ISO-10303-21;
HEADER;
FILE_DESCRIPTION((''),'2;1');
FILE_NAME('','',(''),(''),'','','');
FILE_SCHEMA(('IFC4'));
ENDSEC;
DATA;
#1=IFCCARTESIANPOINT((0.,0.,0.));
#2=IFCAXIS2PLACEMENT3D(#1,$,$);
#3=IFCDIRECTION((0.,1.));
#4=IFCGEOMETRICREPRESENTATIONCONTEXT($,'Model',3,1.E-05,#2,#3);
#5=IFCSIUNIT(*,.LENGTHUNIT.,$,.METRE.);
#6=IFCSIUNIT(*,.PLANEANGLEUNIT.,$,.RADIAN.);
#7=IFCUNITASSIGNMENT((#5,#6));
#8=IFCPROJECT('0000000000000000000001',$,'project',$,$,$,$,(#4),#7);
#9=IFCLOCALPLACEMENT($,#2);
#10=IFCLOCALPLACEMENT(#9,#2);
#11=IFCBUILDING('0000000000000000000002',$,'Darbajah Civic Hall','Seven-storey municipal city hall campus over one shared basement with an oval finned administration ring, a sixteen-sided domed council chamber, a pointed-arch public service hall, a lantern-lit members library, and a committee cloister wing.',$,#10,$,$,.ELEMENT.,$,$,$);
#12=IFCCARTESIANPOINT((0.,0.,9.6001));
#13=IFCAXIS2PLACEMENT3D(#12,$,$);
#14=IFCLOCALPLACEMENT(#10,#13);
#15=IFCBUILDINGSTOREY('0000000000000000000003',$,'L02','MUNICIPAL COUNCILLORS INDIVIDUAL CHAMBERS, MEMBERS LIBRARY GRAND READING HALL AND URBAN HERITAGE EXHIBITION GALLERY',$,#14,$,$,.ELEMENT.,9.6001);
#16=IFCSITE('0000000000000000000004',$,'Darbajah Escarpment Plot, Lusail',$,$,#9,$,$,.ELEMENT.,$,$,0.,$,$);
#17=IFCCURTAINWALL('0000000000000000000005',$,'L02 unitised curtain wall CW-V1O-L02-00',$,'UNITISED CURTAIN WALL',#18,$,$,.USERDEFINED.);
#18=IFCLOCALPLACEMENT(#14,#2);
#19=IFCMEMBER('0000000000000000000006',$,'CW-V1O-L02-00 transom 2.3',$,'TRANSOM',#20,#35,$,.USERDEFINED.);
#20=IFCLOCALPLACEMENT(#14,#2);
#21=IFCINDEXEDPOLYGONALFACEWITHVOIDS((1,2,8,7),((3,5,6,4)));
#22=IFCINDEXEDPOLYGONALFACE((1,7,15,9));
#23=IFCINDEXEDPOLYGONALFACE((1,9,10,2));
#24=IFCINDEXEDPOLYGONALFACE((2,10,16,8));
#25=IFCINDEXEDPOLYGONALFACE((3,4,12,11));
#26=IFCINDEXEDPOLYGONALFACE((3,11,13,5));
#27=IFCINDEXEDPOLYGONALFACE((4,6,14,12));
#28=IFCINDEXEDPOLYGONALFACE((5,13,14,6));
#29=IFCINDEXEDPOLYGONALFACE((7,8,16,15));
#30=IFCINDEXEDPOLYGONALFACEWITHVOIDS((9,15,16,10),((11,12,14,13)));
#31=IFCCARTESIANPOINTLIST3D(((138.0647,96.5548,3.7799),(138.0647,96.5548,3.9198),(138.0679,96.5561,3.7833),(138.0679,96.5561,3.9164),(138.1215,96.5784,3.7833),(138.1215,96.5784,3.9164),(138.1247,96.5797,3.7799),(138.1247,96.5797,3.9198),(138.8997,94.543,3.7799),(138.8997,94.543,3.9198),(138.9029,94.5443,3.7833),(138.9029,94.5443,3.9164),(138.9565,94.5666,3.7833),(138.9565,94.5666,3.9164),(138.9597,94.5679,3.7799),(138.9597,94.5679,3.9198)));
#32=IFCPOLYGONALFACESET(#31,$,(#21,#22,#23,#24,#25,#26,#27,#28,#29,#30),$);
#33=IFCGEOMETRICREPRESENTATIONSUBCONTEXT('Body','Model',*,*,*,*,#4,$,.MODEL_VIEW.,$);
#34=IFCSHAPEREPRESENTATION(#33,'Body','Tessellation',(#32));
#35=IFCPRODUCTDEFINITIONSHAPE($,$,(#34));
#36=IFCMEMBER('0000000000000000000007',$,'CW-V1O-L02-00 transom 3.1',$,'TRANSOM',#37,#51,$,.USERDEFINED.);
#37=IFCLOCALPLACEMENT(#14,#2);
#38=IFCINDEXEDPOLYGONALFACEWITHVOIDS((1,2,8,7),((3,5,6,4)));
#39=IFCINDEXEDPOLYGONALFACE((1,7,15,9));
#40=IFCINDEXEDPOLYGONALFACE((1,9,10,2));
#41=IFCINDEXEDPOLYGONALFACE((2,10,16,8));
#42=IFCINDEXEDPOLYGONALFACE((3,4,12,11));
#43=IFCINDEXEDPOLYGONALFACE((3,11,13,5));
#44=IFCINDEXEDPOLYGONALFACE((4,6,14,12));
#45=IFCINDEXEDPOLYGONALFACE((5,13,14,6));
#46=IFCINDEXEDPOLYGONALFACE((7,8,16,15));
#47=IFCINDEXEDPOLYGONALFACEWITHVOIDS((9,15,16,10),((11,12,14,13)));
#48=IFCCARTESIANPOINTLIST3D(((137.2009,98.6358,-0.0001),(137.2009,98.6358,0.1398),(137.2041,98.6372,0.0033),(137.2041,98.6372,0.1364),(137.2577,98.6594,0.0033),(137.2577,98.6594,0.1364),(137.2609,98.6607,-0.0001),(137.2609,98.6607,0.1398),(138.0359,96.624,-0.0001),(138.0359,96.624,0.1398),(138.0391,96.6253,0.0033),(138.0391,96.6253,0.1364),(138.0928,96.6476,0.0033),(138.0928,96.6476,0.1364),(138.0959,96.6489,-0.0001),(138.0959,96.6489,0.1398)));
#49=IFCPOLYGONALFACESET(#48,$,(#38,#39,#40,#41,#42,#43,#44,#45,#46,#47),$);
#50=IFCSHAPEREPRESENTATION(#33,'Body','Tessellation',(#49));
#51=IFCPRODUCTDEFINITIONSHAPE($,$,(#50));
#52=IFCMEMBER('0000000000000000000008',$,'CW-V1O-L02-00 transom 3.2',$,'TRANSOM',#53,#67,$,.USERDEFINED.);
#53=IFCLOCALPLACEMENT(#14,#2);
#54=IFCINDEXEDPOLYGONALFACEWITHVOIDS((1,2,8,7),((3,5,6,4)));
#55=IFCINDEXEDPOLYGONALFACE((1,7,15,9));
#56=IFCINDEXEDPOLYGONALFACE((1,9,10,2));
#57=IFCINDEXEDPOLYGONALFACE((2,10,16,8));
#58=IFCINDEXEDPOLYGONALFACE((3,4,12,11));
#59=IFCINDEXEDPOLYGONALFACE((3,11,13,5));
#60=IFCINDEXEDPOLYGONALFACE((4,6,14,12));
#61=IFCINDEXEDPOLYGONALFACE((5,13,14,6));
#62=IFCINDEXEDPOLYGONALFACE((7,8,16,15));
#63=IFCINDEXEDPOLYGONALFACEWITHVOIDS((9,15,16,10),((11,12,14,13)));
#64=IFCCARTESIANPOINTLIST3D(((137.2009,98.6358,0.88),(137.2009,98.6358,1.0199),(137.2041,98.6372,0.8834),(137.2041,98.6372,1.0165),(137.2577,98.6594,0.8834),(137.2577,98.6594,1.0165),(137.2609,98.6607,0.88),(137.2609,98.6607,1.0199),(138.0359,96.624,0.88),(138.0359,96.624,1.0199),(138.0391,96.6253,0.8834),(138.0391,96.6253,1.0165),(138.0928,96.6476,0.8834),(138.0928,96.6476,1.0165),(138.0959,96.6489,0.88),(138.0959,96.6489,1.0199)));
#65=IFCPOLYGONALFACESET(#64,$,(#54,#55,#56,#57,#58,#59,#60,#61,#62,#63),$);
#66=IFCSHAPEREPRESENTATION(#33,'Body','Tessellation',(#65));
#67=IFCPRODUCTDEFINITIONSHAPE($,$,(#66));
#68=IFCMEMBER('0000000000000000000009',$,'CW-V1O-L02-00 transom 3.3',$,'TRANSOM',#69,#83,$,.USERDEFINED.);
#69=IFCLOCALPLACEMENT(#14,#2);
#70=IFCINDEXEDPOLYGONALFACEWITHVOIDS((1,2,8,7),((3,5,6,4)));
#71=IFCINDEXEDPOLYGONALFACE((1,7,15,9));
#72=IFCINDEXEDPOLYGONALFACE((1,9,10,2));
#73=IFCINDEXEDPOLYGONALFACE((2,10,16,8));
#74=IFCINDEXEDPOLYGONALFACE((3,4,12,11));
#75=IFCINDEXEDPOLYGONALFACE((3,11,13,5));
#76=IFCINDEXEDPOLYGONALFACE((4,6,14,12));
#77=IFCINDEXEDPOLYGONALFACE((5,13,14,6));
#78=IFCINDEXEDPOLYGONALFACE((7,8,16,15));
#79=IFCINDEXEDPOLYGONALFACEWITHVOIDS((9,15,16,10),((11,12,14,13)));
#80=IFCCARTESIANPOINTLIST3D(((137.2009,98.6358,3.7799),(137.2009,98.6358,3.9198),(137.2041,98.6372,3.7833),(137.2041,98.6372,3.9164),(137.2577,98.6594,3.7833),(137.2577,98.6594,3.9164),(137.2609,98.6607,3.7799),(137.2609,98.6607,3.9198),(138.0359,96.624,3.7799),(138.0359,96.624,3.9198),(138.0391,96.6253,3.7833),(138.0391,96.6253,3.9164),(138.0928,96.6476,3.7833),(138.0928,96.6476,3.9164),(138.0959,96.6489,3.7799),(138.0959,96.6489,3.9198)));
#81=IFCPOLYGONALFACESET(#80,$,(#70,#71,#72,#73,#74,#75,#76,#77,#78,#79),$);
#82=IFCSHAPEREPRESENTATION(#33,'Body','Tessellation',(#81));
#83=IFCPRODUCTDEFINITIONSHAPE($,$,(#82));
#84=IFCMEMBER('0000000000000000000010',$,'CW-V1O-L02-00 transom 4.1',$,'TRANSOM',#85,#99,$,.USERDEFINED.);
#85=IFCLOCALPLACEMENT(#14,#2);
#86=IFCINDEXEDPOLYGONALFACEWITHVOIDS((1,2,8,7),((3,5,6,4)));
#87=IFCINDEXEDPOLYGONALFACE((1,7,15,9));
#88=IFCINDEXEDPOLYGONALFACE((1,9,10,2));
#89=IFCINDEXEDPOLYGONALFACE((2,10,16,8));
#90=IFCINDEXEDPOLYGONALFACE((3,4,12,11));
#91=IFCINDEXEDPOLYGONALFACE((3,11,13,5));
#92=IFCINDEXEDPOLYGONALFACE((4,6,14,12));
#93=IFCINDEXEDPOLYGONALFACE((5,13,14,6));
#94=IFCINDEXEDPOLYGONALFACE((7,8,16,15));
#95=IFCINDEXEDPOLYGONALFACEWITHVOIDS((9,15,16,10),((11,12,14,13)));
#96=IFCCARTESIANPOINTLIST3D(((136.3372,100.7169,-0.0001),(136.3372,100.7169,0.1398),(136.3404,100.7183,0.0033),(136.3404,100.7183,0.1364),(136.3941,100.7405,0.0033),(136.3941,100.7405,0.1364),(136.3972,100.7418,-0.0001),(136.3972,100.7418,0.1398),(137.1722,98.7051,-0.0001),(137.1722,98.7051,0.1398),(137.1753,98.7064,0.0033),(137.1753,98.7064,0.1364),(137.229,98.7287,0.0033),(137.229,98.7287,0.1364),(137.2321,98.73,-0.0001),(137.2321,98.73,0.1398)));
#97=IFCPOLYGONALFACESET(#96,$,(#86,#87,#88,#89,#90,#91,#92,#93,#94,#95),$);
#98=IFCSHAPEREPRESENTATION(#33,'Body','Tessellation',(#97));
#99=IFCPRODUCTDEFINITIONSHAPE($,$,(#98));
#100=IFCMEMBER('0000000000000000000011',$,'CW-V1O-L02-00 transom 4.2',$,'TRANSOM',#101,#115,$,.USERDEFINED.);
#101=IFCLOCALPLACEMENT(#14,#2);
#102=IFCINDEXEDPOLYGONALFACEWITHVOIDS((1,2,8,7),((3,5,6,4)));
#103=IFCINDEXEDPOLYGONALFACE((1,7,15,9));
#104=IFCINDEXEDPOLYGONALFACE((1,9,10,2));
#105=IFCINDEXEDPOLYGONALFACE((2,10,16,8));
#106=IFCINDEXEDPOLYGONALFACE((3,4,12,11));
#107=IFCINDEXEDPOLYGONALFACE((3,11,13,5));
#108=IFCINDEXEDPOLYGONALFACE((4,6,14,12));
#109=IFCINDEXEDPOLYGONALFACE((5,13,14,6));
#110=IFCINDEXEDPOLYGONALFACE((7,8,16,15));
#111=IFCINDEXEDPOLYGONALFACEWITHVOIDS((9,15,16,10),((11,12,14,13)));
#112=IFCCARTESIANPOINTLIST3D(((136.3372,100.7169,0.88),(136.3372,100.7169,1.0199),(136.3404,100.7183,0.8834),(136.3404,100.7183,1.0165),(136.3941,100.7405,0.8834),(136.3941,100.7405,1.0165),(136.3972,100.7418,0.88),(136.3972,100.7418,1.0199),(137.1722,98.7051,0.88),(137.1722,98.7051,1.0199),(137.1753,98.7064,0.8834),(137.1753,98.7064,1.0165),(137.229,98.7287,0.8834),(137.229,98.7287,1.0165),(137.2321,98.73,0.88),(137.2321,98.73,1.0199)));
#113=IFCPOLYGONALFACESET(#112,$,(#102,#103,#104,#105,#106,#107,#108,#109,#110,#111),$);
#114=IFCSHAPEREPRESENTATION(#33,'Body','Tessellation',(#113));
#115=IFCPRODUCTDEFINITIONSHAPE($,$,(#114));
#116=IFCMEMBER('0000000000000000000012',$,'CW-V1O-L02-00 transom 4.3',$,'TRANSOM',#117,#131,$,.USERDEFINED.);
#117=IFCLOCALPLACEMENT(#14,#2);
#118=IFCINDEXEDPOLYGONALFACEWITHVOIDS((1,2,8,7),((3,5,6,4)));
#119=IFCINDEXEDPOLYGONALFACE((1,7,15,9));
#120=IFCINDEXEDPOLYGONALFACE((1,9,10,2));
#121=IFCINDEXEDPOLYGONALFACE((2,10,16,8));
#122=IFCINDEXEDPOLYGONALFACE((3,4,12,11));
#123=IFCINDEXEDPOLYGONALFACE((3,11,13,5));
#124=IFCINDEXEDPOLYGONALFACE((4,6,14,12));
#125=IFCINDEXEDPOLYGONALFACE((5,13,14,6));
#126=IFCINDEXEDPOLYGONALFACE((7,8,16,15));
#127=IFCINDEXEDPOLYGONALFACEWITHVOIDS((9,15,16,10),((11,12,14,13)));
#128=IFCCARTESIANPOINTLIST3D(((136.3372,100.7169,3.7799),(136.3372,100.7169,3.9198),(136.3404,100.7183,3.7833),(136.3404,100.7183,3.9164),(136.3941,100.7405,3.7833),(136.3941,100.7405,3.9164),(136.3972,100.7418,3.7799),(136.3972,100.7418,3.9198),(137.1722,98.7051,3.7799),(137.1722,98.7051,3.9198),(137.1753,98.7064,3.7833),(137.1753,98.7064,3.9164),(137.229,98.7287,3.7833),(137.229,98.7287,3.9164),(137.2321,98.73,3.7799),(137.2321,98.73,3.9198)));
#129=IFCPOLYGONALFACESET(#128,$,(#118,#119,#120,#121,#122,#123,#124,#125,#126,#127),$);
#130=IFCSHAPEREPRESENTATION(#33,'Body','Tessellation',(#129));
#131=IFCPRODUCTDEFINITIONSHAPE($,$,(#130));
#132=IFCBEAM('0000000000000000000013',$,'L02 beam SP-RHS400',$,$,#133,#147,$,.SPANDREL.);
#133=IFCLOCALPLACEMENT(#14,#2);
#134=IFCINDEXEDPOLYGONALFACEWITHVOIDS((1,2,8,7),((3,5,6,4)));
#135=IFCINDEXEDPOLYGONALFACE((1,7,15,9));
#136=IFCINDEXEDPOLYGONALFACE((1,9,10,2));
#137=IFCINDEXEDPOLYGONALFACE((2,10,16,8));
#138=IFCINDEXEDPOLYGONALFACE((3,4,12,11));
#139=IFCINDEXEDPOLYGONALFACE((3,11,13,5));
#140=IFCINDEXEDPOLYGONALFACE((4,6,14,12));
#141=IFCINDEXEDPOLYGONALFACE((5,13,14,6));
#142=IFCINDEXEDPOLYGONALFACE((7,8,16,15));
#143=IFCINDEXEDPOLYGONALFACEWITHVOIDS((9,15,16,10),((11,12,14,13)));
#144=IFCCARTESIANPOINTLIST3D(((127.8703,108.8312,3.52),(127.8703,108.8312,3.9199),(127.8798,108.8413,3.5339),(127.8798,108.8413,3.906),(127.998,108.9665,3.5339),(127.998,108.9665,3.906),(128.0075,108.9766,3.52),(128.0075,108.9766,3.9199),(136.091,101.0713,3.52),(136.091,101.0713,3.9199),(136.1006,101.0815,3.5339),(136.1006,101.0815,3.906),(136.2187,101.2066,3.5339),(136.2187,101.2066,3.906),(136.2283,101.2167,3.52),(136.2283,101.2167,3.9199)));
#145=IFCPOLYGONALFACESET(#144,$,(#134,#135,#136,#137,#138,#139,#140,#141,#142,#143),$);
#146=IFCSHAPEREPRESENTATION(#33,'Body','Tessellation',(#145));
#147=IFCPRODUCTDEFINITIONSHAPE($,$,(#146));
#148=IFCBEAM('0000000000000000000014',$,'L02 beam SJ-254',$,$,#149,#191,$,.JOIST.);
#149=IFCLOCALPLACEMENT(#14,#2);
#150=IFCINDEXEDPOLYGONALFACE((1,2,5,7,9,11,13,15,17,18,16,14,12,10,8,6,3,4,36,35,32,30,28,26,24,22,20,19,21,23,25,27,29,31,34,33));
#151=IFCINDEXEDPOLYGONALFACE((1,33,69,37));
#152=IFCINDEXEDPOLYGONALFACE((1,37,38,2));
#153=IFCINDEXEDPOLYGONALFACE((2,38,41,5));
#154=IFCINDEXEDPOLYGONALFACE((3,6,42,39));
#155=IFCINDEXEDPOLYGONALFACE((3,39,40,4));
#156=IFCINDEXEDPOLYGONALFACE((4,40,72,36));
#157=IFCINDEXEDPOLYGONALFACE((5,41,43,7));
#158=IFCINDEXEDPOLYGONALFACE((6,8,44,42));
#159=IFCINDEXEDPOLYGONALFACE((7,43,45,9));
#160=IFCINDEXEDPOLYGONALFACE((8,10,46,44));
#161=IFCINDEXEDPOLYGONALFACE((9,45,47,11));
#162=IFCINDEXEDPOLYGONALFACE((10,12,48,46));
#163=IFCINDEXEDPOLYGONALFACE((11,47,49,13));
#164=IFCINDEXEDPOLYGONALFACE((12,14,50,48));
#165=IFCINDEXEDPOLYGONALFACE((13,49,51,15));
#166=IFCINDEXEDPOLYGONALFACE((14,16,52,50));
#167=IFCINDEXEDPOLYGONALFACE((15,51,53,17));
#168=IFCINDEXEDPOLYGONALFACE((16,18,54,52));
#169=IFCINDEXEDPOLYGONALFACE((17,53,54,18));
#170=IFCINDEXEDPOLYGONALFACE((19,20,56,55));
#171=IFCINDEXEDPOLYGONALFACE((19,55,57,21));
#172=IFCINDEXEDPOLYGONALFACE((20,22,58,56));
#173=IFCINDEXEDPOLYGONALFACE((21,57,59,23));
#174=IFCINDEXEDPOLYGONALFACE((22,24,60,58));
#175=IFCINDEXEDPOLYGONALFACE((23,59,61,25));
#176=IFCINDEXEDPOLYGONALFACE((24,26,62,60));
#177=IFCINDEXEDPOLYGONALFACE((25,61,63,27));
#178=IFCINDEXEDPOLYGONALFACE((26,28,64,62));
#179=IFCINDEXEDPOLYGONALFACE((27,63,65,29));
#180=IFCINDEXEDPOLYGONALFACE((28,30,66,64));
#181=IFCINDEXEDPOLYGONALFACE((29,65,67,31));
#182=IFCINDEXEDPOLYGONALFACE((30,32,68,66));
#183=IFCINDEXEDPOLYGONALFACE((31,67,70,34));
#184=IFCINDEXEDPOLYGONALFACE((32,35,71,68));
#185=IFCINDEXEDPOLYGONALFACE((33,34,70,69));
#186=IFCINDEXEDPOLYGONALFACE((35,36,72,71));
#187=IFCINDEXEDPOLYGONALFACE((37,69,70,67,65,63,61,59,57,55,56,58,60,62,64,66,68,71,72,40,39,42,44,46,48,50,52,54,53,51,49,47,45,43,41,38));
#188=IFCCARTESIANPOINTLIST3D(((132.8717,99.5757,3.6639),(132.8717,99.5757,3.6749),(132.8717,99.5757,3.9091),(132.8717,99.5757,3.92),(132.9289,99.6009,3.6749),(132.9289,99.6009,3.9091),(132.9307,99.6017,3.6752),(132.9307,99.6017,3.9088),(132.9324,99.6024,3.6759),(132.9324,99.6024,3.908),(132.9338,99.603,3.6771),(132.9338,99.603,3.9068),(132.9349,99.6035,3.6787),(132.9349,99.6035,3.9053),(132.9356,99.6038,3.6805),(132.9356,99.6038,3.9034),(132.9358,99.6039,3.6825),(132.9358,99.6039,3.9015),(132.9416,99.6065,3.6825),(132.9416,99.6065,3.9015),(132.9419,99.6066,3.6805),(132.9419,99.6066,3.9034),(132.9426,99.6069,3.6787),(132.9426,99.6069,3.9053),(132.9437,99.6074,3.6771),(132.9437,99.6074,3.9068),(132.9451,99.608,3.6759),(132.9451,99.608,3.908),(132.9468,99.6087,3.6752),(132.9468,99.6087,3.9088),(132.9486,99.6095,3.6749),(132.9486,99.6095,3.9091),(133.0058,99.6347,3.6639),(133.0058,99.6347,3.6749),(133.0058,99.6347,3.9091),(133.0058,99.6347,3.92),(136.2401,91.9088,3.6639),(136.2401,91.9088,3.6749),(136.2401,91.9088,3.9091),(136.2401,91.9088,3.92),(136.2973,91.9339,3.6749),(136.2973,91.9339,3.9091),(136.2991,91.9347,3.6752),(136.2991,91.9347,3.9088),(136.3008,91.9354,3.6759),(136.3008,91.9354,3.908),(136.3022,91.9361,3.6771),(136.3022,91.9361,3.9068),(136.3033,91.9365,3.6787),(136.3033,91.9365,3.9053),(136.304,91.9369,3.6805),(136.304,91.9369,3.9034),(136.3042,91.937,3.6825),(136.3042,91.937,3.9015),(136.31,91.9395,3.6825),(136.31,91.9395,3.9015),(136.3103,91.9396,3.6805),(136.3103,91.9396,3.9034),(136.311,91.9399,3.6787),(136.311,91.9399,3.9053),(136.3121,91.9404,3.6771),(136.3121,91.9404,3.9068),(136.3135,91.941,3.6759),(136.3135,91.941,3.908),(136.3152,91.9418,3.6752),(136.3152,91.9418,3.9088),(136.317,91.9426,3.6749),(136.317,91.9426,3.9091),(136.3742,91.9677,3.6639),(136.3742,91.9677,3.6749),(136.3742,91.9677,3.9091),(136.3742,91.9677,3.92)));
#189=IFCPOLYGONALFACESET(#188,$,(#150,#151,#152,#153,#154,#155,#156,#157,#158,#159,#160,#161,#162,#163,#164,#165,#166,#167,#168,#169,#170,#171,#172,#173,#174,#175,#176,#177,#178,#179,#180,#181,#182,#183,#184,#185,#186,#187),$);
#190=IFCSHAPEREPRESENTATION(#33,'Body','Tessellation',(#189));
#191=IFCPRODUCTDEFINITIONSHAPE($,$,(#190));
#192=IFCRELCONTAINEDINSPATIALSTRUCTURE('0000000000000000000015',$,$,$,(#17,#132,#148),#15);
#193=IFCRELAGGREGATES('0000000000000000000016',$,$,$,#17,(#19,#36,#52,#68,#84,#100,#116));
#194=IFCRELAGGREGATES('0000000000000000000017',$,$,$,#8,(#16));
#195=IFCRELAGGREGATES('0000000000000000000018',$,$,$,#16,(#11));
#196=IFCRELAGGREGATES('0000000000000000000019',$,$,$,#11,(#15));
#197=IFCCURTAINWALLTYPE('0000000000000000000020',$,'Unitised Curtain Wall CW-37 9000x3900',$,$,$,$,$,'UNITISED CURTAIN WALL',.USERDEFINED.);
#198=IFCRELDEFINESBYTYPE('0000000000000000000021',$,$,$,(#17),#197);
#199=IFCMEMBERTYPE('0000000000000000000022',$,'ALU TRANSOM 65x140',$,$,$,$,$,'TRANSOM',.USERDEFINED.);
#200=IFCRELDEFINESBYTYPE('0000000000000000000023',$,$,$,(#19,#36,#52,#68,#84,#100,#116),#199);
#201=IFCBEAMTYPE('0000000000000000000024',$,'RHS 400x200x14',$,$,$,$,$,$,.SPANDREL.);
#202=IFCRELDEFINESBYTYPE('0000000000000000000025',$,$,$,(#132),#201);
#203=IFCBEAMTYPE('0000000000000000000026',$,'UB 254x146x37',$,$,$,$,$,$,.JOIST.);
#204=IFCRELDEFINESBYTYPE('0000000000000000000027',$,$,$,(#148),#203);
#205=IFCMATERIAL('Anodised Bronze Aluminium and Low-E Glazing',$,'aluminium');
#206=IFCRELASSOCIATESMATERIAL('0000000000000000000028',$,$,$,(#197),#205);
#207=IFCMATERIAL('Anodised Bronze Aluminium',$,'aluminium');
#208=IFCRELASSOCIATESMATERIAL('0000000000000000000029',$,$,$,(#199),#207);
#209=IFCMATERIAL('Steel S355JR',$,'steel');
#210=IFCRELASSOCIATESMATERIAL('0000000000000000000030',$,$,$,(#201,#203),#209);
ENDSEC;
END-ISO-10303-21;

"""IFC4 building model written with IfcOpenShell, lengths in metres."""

from ifc_helpers import new_model, si_unit, direction, frame, origin, origin_2d, place, context, subcontext, project, spatial, hollow_rectangle, i_section, extrude, material, material_profile, profile_set, type_object, element, aggregate, save


model = new_model("IFC4")

# Units and contexts
model_context = context("Model", 3, precision=1e-05, world=origin(), true_north=direction((0.0, 1.0)))
body_context = subcontext(model_context, "Body", "Model", "MODEL_VIEW")
ifc_project = project(units=[si_unit("LENGTHUNIT", "METRE"), si_unit("PLANEANGLEUNIT", "RADIAN")], contexts=[model_context])

# Site, building, storey
site_placement = place(None, origin())
site = spatial("IfcSite", under=ifc_project, at=site_placement, Name="Darbajah Escarpment Plot, Lusail", CompositionType="ELEMENT", RefElevation=0.0)
building_placement = place(site_placement, origin())
building = spatial("IfcBuilding", under=site, at=building_placement, Name="Darbajah Civic Hall", Description="Seven-storey municipal city hall campus over one shared basement with an oval finned administration ring, a sixteen-sided domed council chamber, a pointed-arch public service hall, a lantern-lit members library, and a committee cloister wing.", CompositionType="ELEMENT")
storey_placement = place(building_placement, frame((0.0, 0.0, 9.6001)))
storey = spatial("IfcBuildingStorey", under=building, at=storey_placement, Name="L02", Description="MUNICIPAL COUNCILLORS INDIVIDUAL CHAMBERS, MEMBERS LIBRARY GRAND READING HALL AND URBAN HERITAGE EXHIBITION GALLERY", CompositionType="ELEMENT", Elevation=9.6001)

# Shared definitions
ifc_material_1 = material(Name="Anodised Bronze Aluminium and Low-E Glazing", Category="aluminium")
ifc_material_2 = material(Name="Anodised Bronze Aluminium", Category="aluminium")

# Curtain wall
curtain_wall_type_1 = type_object("IfcCurtainWallType", Name="Unitised Curtain Wall CW-37 9000x3900", ElementType="UNITISED CURTAIN WALL", PredefinedType="USERDEFINED", material=ifc_material_1)
curtain_wall_1_placement = place(storey_placement, origin())
curtain_wall_1 = element("IfcCurtainWall", 1, at=curtain_wall_1_placement, inside=storey, type_object=curtain_wall_type_1, Name="L02 unitised curtain wall CW-V1O-L02-00", ObjectType="UNITISED CURTAIN WALL", PredefinedType="USERDEFINED")

# Members
ifc_material_profile_1 = material_profile(ifc_material_2, hollow_rectangle(XDim=0.0649, YDim=0.1399, WallThickness=0.0034, at=origin_2d()), Name="ALU TRANSOM 65x140")
ifc_profile_set_1 = profile_set([ifc_material_profile_1], Name="Anodised Bronze Aluminium")
member_type_1 = type_object("IfcMemberType", Name="ALU TRANSOM 65x140", ElementType="TRANSOM", PredefinedType="USERDEFINED", material=ifc_profile_set_1)
member_1_placement = place(storey_placement, frame((138.9297, 94.5554, 3.8499), z_axis=(-0.383342, 0.923607, 0.0), x_axis=(-0.923607, -0.383342, 0.0)))
member_1 = element("IfcMember", 2, at=member_1_placement, type_object=member_type_1, Name="CW-V1O-L02-00 transom 2.3", ObjectType="TRANSOM", PredefinedType="USERDEFINED", context=body_context, shape_type="SweptSolid", body=[
    extrude(hollow_rectangle(XDim=0.0649, YDim=0.1399, WallThickness=0.0034, at=origin_2d()), origin(), (0.0, 0.0, 1.0), 2.1782),
])
member_2_placement = place(storey_placement, frame((138.0659, 96.6365, 0.0698), z_axis=(-0.383342, 0.923607, 0.0), x_axis=(-0.923607, -0.383342, 0.0)))
member_2 = element("IfcMember", 3, at=member_2_placement, type_object=member_type_1, Name="CW-V1O-L02-00 transom 3.1", ObjectType="TRANSOM", PredefinedType="USERDEFINED", context=body_context, shape_type="SweptSolid", body=[
    extrude(hollow_rectangle(XDim=0.0649, YDim=0.1399, WallThickness=0.0034, at=origin_2d()), origin(), (0.0, 0.0, 1.0), 2.1782),
])
member_3_placement = place(storey_placement, frame((138.0659, 96.6365, 0.95), z_axis=(-0.383342, 0.923607, 0.0), x_axis=(-0.923607, -0.383342, 0.0)))
member_3 = element("IfcMember", 4, at=member_3_placement, type_object=member_type_1, Name="CW-V1O-L02-00 transom 3.2", ObjectType="TRANSOM", PredefinedType="USERDEFINED", context=body_context, shape_type="SweptSolid", body=[
    extrude(hollow_rectangle(XDim=0.0649, YDim=0.1399, WallThickness=0.0034, at=origin_2d()), origin(), (0.0, 0.0, 1.0), 2.1782),
])
member_4_placement = place(storey_placement, frame((138.0659, 96.6365, 3.8499), z_axis=(-0.383342, 0.923607, 0.0), x_axis=(-0.923607, -0.383342, 0.0)))
member_4 = element("IfcMember", 5, at=member_4_placement, type_object=member_type_1, Name="CW-V1O-L02-00 transom 3.3", ObjectType="TRANSOM", PredefinedType="USERDEFINED", context=body_context, shape_type="SweptSolid", body=[
    extrude(hollow_rectangle(XDim=0.0649, YDim=0.1399, WallThickness=0.0034, at=origin_2d()), origin(), (0.0, 0.0, 1.0), 2.1782),
])
member_5_placement = place(storey_placement, frame((137.2021, 98.7175, 0.0698), z_axis=(-0.383302, 0.923623, 0.0), x_axis=(-0.923623, -0.383302, 0.0)))
member_5 = element("IfcMember", 6, at=member_5_placement, type_object=member_type_1, Name="CW-V1O-L02-00 transom 4.1", ObjectType="TRANSOM", PredefinedType="USERDEFINED", context=body_context, shape_type="SweptSolid", body=[
    extrude(hollow_rectangle(XDim=0.0649, YDim=0.1399, WallThickness=0.0034, at=origin_2d()), origin(), (0.0, 0.0, 1.0), 2.1782),
])
member_6_placement = place(storey_placement, frame((137.2021, 98.7175, 0.95), z_axis=(-0.383302, 0.923623, 0.0), x_axis=(-0.923623, -0.383302, 0.0)))
member_6 = element("IfcMember", 7, at=member_6_placement, type_object=member_type_1, Name="CW-V1O-L02-00 transom 4.2", ObjectType="TRANSOM", PredefinedType="USERDEFINED", context=body_context, shape_type="SweptSolid", body=[
    extrude(hollow_rectangle(XDim=0.0649, YDim=0.1399, WallThickness=0.0034, at=origin_2d()), origin(), (0.0, 0.0, 1.0), 2.1782),
])
member_7_placement = place(storey_placement, frame((137.2021, 98.7175, 3.8499), z_axis=(-0.383302, 0.923623, 0.0), x_axis=(-0.923623, -0.383302, 0.0)))
member_7 = element("IfcMember", 8, at=member_7_placement, type_object=member_type_1, Name="CW-V1O-L02-00 transom 4.3", ObjectType="TRANSOM", PredefinedType="USERDEFINED", context=body_context, shape_type="SweptSolid", body=[
    extrude(hollow_rectangle(XDim=0.0649, YDim=0.1399, WallThickness=0.0034, at=origin_2d()), origin(), (0.0, 0.0, 1.0), 2.1782),
])

# Beams
ifc_material_3 = material(Name="Steel S355JR", Category="steel")
ifc_material_profile_2 = material_profile(ifc_material_3, hollow_rectangle(XDim=0.2, YDim=0.3999, WallThickness=0.0139, at=origin_2d()), Name="RHS 400x200x14")
ifc_profile_set_2 = profile_set([ifc_material_profile_2], Name="Steel S355JR")
beam_type_1 = type_object("IfcBeamType", Name="RHS 400x200x14", PredefinedType="SPANDREL", material=ifc_profile_set_2)
beam_1_placement = place(storey_placement, frame((136.1597, 101.144, 3.72), z_axis=(-0.7272, 0.686426, 0.0), x_axis=(-0.686426, -0.7272, 0.0)))
element("IfcBeam", 9, at=beam_1_placement, inside=storey, type_object=beam_type_1, Name="L02 beam SP-RHS400", PredefinedType="SPANDREL", context=body_context, shape_type="SweptSolid", body=[
    extrude(hollow_rectangle(XDim=0.2, YDim=0.3999, WallThickness=0.0139, at=origin_2d()), origin(), (0.0, 0.0, 1.0), 11.3047),
])
ifc_material_profile_3 = material_profile(ifc_material_3, i_section(OverallWidth=0.1465, OverallDepth=0.2561, WebThickness=0.0063, FlangeThickness=0.011, FilletRadius=0.0076, at=origin_2d()), Name="UB 254x146x37")
ifc_profile_set_3 = profile_set([ifc_material_profile_3], Name="Steel S355JR")
beam_type_2 = type_object("IfcBeamType", Name="UB 254x146x37", PredefinedType="JOIST", material=ifc_profile_set_3)
beam_2_placement = place(storey_placement, frame((136.3071, 91.9382, 3.792), z_axis=(-0.402231, 0.915538, 0.0), x_axis=(-0.915538, -0.402231, 0.0)))
element("IfcBeam", 10, at=beam_2_placement, inside=storey, type_object=beam_type_2, Name="L02 beam SJ-254", PredefinedType="JOIST", context=body_context, shape_type="SweptSolid", body=[
    extrude(i_section(OverallWidth=0.1465, OverallDepth=0.2561, WebThickness=0.0063, FlangeThickness=0.011, FilletRadius=0.0076, at=origin_2d()), origin(), (0.0, 0.0, 1.0), 8.3743),
])

aggregate(curtain_wall_1, [member_1, member_2, member_3, member_4, member_5, member_6, member_7])

save(model, "model.ifc")
